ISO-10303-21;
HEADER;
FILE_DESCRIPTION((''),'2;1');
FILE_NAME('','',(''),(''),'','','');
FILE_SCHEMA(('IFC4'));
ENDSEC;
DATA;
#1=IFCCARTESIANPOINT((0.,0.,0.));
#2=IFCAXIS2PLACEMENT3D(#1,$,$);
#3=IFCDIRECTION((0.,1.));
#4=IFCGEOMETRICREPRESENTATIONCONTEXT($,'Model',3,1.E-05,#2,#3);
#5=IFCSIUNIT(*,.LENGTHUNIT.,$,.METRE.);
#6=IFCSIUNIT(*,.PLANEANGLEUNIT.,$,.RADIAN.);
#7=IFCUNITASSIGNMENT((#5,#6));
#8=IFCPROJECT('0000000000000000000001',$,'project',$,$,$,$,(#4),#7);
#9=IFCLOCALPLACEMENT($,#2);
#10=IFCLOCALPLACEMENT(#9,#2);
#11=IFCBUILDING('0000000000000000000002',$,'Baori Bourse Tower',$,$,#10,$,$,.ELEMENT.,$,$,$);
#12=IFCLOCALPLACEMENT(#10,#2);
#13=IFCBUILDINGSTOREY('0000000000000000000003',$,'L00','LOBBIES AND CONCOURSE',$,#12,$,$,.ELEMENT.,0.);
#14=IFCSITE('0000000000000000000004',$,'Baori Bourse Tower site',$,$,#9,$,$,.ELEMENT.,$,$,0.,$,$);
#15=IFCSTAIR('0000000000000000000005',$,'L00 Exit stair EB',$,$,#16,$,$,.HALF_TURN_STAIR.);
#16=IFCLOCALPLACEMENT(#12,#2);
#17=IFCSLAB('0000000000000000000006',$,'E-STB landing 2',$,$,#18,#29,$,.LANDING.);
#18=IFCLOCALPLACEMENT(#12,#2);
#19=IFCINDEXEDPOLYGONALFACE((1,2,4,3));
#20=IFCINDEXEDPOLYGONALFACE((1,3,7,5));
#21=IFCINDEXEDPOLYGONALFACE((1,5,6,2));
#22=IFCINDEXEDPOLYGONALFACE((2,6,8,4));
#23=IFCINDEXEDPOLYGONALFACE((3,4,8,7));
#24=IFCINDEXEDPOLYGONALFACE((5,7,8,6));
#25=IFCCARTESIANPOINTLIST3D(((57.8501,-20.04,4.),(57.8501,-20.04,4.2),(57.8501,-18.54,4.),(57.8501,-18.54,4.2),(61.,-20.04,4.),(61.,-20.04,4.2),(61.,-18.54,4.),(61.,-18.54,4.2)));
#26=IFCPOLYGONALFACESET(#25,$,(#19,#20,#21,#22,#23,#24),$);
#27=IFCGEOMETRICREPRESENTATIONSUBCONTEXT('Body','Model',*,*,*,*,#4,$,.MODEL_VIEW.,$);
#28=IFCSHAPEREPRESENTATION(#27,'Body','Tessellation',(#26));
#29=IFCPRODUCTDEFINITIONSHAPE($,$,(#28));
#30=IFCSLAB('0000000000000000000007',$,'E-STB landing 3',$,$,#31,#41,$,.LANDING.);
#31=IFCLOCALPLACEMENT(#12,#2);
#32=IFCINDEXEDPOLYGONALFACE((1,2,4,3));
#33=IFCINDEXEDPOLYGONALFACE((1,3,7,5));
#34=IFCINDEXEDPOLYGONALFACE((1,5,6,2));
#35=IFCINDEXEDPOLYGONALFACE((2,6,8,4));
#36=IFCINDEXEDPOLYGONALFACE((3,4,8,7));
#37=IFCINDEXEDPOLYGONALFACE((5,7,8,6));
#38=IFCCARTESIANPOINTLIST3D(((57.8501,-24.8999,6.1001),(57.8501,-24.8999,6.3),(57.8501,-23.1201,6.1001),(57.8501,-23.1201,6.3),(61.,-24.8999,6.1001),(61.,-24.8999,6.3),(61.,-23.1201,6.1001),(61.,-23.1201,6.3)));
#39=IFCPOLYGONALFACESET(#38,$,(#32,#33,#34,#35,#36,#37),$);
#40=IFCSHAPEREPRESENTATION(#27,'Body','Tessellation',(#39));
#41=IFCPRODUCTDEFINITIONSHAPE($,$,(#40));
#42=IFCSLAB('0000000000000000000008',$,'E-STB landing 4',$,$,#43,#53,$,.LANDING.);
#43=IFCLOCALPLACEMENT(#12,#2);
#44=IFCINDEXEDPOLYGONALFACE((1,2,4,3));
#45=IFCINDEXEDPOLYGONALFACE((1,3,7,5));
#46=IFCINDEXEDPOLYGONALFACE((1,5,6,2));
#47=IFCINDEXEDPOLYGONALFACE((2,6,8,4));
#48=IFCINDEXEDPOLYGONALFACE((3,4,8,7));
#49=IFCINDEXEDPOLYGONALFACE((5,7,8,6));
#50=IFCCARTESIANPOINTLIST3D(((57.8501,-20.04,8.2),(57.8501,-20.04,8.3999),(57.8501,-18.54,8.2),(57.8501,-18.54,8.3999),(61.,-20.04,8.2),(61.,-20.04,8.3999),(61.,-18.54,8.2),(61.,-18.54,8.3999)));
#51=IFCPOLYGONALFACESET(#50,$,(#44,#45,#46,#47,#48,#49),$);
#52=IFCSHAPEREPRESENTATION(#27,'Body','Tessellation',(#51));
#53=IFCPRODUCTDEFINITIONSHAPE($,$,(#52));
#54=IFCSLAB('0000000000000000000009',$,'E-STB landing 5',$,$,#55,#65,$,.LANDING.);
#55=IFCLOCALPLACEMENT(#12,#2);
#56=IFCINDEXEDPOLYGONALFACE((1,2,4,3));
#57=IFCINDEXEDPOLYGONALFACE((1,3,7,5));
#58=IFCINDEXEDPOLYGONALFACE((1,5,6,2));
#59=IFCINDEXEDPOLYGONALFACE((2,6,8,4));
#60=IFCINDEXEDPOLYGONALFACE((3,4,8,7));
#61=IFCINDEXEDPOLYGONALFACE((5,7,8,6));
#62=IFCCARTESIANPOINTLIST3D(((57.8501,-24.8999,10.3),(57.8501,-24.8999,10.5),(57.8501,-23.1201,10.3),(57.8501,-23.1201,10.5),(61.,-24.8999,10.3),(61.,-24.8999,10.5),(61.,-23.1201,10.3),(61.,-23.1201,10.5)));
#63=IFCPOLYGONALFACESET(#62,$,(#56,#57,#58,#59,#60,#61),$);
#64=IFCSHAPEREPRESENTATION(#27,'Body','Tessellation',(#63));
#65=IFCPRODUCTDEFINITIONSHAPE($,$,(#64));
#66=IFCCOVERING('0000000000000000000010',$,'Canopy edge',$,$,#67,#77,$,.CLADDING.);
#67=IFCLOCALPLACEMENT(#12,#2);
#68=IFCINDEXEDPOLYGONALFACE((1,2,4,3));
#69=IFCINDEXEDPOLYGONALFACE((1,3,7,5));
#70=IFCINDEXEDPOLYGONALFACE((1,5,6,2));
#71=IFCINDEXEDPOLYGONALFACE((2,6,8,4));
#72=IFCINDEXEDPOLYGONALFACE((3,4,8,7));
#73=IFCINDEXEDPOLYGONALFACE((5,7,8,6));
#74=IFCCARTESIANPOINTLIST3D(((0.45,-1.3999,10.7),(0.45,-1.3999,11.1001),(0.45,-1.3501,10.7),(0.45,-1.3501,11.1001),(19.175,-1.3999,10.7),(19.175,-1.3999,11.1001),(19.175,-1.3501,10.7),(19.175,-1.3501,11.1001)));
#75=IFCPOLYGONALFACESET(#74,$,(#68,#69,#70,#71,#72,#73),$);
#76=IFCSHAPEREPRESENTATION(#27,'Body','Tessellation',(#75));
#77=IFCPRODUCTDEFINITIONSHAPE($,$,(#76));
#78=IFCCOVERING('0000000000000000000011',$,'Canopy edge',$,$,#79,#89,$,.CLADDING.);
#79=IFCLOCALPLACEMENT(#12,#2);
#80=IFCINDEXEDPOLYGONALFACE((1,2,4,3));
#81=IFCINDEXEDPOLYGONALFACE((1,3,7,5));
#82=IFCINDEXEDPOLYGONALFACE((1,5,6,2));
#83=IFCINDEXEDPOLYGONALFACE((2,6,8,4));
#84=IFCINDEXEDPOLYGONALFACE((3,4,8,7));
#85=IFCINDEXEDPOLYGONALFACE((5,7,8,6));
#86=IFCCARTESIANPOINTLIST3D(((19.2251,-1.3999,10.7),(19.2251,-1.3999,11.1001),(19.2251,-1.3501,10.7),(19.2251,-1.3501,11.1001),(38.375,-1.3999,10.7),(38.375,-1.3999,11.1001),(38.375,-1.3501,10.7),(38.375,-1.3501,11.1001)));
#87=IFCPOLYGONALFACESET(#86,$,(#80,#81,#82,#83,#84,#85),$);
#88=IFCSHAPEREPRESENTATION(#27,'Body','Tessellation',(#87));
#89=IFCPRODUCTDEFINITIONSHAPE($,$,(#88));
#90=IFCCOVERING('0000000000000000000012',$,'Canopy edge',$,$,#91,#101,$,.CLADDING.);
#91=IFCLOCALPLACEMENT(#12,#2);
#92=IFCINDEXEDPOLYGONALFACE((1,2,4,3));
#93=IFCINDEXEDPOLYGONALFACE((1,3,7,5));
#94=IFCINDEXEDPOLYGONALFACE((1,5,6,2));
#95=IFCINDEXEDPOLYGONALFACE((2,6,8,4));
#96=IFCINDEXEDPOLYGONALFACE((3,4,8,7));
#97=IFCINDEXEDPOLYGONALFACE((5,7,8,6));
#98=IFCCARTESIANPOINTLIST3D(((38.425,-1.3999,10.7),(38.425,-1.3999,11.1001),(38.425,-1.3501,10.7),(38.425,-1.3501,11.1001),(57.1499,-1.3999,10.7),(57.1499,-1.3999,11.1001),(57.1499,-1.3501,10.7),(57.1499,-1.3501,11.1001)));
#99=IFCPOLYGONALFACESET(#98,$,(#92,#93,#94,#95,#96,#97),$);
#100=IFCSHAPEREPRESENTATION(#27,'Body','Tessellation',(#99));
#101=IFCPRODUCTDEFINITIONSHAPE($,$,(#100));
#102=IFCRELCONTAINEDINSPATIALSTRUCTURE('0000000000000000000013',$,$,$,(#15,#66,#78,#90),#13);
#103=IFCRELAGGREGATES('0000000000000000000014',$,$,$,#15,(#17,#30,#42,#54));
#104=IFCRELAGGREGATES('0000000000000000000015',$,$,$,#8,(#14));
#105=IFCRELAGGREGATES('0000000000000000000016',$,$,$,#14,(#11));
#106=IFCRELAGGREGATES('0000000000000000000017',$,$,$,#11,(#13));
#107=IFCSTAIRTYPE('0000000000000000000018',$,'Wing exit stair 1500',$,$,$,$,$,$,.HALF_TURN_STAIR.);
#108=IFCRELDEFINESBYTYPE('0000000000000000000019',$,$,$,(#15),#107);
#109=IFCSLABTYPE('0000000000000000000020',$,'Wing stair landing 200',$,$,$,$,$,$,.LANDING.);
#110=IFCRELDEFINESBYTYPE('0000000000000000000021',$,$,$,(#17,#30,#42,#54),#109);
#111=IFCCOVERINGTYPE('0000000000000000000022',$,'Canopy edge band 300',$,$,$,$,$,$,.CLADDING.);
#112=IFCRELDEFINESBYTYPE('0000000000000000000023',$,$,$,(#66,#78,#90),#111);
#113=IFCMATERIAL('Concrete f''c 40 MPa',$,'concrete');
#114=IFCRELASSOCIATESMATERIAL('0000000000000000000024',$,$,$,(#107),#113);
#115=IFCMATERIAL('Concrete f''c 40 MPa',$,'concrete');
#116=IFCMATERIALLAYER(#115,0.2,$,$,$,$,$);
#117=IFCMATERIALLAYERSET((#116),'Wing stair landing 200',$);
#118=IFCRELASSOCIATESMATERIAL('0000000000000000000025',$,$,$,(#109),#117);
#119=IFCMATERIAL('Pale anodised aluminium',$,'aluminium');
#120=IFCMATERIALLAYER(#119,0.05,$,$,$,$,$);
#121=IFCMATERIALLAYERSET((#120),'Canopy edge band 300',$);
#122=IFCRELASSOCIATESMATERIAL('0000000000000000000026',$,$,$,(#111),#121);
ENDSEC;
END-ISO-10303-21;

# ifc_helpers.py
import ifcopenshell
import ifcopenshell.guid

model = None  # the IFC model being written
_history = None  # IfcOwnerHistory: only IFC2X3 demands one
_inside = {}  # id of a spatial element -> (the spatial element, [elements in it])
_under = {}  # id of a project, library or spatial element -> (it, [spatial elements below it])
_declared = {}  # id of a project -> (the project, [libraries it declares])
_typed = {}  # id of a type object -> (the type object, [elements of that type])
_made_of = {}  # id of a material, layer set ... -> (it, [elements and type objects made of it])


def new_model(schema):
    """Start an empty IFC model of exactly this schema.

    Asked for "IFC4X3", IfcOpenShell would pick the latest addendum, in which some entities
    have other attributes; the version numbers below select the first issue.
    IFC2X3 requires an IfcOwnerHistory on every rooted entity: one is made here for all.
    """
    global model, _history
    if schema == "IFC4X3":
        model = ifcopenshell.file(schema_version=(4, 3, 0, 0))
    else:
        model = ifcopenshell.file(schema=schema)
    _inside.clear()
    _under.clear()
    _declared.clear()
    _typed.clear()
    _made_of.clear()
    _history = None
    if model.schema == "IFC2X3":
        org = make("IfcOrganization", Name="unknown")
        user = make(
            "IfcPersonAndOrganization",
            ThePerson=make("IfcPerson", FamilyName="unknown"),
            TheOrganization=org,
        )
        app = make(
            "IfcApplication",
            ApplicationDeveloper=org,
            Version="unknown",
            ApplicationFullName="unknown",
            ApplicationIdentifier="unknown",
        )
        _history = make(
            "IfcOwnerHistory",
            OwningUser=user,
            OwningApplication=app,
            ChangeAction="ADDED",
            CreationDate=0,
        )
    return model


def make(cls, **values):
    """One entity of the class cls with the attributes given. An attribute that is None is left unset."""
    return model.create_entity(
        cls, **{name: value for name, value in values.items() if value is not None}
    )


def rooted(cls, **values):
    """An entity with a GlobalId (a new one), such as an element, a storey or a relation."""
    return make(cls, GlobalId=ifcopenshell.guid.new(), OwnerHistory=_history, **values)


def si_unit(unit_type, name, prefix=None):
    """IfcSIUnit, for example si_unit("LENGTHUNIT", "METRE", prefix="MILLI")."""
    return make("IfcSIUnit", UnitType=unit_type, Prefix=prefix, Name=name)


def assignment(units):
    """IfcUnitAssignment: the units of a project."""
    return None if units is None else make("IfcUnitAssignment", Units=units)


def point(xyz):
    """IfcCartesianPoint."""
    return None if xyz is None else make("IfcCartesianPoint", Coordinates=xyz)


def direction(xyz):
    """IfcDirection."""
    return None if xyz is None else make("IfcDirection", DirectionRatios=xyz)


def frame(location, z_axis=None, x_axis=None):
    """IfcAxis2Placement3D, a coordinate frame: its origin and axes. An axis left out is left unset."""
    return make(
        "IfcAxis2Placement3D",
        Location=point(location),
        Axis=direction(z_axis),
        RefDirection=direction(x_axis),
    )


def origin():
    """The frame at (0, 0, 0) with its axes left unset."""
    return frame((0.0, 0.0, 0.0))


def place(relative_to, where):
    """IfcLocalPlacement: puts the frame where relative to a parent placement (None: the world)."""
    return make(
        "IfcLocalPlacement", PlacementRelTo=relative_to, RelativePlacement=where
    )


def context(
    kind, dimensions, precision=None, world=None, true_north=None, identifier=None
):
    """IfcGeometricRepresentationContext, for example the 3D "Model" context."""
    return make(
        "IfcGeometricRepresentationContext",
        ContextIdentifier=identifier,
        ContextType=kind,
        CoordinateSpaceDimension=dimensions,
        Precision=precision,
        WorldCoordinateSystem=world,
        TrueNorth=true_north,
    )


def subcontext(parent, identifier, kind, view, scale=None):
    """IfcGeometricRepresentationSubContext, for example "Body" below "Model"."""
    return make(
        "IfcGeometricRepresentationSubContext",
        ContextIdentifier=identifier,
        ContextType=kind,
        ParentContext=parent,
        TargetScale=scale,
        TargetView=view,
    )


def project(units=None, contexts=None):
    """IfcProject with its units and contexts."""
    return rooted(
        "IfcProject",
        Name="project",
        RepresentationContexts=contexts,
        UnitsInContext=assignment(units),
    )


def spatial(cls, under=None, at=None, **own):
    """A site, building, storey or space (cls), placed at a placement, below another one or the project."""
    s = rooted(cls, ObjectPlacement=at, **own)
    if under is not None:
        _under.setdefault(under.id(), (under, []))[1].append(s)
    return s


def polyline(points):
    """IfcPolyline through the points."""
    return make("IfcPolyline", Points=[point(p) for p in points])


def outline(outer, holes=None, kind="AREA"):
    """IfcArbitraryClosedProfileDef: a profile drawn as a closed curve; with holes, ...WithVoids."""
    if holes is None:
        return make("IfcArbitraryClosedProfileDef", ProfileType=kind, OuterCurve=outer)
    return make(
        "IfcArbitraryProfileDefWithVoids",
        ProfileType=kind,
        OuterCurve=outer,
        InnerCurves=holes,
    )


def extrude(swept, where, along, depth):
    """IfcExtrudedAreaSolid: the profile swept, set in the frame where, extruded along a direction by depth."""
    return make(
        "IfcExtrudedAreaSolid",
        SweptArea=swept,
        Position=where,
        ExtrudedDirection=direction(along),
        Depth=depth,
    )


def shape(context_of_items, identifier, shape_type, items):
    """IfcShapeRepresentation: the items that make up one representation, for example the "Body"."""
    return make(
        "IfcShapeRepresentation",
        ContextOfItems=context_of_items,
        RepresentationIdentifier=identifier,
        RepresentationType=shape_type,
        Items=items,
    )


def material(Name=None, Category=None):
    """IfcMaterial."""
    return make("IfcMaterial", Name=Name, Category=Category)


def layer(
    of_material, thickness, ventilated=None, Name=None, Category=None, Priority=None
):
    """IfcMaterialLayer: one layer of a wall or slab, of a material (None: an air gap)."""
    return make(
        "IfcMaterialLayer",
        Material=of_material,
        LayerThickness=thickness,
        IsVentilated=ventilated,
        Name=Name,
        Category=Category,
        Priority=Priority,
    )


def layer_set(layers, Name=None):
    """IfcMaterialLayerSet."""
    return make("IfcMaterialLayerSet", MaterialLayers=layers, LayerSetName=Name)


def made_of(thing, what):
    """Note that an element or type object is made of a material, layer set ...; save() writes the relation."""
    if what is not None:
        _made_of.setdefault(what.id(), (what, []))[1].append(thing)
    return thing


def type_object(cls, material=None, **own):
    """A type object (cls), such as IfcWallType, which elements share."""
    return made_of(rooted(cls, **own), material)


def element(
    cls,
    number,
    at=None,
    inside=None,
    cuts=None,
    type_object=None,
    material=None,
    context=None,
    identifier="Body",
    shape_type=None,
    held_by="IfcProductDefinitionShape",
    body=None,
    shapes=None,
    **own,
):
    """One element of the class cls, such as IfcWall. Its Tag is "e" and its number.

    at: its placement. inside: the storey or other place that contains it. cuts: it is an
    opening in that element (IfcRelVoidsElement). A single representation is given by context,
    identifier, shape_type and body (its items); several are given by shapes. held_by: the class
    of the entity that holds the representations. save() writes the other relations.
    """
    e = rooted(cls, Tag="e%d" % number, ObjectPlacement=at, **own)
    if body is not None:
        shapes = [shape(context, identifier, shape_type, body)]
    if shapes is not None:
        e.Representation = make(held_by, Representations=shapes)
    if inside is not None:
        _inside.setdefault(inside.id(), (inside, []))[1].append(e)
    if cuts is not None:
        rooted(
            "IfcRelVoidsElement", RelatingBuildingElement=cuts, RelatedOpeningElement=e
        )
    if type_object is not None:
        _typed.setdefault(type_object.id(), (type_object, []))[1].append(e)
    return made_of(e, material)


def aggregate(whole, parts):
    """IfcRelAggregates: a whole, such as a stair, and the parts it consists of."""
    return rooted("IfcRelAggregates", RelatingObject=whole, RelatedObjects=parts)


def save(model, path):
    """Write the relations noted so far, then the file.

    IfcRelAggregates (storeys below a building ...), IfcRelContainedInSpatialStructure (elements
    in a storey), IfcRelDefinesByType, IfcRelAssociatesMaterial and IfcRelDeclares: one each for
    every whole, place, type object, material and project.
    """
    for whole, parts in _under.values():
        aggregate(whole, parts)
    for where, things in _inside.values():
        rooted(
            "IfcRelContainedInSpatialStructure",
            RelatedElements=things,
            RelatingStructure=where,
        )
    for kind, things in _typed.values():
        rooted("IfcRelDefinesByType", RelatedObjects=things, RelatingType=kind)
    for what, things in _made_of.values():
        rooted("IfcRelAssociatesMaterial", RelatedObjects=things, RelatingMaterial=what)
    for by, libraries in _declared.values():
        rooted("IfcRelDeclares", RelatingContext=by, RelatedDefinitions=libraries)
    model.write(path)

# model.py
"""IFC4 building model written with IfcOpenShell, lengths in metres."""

from ifc_helpers import new_model, si_unit, direction, frame, origin, place, context, subcontext, project, spatial, polyline, outline, extrude, material, layer, layer_set, type_object, element, aggregate, save


model = new_model("IFC4")

# Units and contexts
model_context = context("Model", 3, precision=1e-05, world=origin(), true_north=direction((0.0, 1.0)))
body_context = subcontext(model_context, "Body", "Model", "MODEL_VIEW")
ifc_project = project(units=[si_unit("LENGTHUNIT", "METRE"), si_unit("PLANEANGLEUNIT", "RADIAN")], contexts=[model_context])

# Site, building, storey
site_placement = place(None, origin())
site = spatial("IfcSite", under=ifc_project, at=site_placement, Name="Baori Bourse Tower site", CompositionType="ELEMENT", RefElevation=0.0)
building_placement = place(site_placement, origin())
building = spatial("IfcBuilding", under=site, at=building_placement, Name="Baori Bourse Tower", CompositionType="ELEMENT")
storey_placement = place(building_placement, origin())
storey = spatial("IfcBuildingStorey", under=building, at=storey_placement, Name="L00", Description="LOBBIES AND CONCOURSE", CompositionType="ELEMENT", Elevation=0.0)

# Stair, slabs
ifc_material_1 = material(Name="Concrete f'c 40 MPa", Category="concrete")
stair_type = type_object("IfcStairType", Name="Wing exit stair 1500", PredefinedType="HALF_TURN_STAIR", material=ifc_material_1)
ifc_material_2 = material(Name="Concrete f'c 40 MPa", Category="concrete")
ifc_layer_1 = layer(ifc_material_2, 0.2)
ifc_layer_set_1 = layer_set([ifc_layer_1], Name="Wing stair landing 200")
slab_type_1 = type_object("IfcSlabType", Name="Wing stair landing 200", PredefinedType="LANDING", material=ifc_layer_set_1)
stair_1_placement = place(storey_placement, origin())
stair_1 = element("IfcStair", 1, at=stair_1_placement, inside=storey, type_object=stair_type, Name="L00 Exit stair EB", PredefinedType="HALF_TURN_STAIR")
slab_1_placement = place(storey_placement, frame((0.0, 0.0, 4.0)))
slab_1 = element("IfcSlab", 2, at=slab_1_placement, type_object=slab_type_1, Name="E-STB landing 2", PredefinedType="LANDING", context=body_context, shape_type="SweptSolid", body=[
    extrude(outline(polyline([(57.8501, -18.54), (57.8501, -20.04), (61.0, -20.04), (61.0, -18.54), (57.8501, -18.54)])), origin(), (0.0, 0.0, 1.0), 0.2),
])
slab_2_placement = place(storey_placement, frame((0.0, 0.0, 6.1001)))
slab_2 = element("IfcSlab", 3, at=slab_2_placement, type_object=slab_type_1, Name="E-STB landing 3", PredefinedType="LANDING", context=body_context, shape_type="SweptSolid", body=[
    extrude(outline(polyline([(57.8501, -23.1201), (57.8501, -24.8999), (61.0, -24.8999), (61.0, -23.1201), (57.8501, -23.1201)])), origin(), (0.0, 0.0, 1.0), 0.2),
])
slab_3_placement = place(storey_placement, frame((0.0, 0.0, 8.2)))
slab_3 = element("IfcSlab", 4, at=slab_3_placement, type_object=slab_type_1, Name="E-STB landing 4", PredefinedType="LANDING", context=body_context, shape_type="SweptSolid", body=[
    extrude(outline(polyline([(57.8501, -18.54), (57.8501, -20.04), (61.0, -20.04), (61.0, -18.54), (57.8501, -18.54)])), origin(), (0.0, 0.0, 1.0), 0.2),
])
slab_4_placement = place(storey_placement, frame((0.0, 0.0, 10.3)))
slab_4 = element("IfcSlab", 5, at=slab_4_placement, type_object=slab_type_1, Name="E-STB landing 5", PredefinedType="LANDING", context=body_context, shape_type="SweptSolid", body=[
    extrude(outline(polyline([(57.8501, -23.1201), (57.8501, -24.8999), (61.0, -24.8999), (61.0, -23.1201), (57.8501, -23.1201)])), origin(), (0.0, 0.0, 1.0), 0.2),
])
aggregate(stair_1, [slab_1, slab_2, slab_3, slab_4])

# Coverings
ifc_material_3 = material(Name="Pale anodised aluminium", Category="aluminium")
ifc_layer_2 = layer(ifc_material_3, 0.05)
ifc_layer_set_2 = layer_set([ifc_layer_2], Name="Canopy edge band 300")
covering_type = type_object("IfcCoveringType", Name="Canopy edge band 300", PredefinedType="CLADDING", material=ifc_layer_set_2)
covering_1_placement = place(storey_placement, frame((0.0, 0.0, 10.7)))
element("IfcCovering", 6, at=covering_1_placement, inside=storey, type_object=covering_type, Name="Canopy edge", PredefinedType="CLADDING", context=body_context, shape_type="SweptSolid", body=[
    extrude(outline(polyline([(0.45, -1.3999), (19.175, -1.3999), (19.175, -1.3501), (0.45, -1.3501), (0.45, -1.3999)])), origin(), (0.0, 0.0, 1.0), 0.4001),
])
covering_2_placement = place(storey_placement, frame((0.0, 0.0, 10.7)))
element("IfcCovering", 7, at=covering_2_placement, inside=storey, type_object=covering_type, Name="Canopy edge", PredefinedType="CLADDING", context=body_context, shape_type="SweptSolid", body=[
    extrude(outline(polyline([(19.2251, -1.3999), (38.375, -1.3999), (38.375, -1.3501), (19.2251, -1.3501), (19.2251, -1.3999)])), origin(), (0.0, 0.0, 1.0), 0.4001),
])
covering_3_placement = place(storey_placement, frame((0.0, 0.0, 10.7)))
element("IfcCovering", 8, at=covering_3_placement, inside=storey, type_object=covering_type, Name="Canopy edge", PredefinedType="CLADDING", context=body_context, shape_type="SweptSolid", body=[
    extrude(outline(polyline([(38.425, -1.3999), (57.1499, -1.3999), (57.1499, -1.3501), (38.425, -1.3501), (38.425, -1.3999)])), origin(), (0.0, 0.0, 1.0), 0.4001),
])

save(model, "model.ifc")
